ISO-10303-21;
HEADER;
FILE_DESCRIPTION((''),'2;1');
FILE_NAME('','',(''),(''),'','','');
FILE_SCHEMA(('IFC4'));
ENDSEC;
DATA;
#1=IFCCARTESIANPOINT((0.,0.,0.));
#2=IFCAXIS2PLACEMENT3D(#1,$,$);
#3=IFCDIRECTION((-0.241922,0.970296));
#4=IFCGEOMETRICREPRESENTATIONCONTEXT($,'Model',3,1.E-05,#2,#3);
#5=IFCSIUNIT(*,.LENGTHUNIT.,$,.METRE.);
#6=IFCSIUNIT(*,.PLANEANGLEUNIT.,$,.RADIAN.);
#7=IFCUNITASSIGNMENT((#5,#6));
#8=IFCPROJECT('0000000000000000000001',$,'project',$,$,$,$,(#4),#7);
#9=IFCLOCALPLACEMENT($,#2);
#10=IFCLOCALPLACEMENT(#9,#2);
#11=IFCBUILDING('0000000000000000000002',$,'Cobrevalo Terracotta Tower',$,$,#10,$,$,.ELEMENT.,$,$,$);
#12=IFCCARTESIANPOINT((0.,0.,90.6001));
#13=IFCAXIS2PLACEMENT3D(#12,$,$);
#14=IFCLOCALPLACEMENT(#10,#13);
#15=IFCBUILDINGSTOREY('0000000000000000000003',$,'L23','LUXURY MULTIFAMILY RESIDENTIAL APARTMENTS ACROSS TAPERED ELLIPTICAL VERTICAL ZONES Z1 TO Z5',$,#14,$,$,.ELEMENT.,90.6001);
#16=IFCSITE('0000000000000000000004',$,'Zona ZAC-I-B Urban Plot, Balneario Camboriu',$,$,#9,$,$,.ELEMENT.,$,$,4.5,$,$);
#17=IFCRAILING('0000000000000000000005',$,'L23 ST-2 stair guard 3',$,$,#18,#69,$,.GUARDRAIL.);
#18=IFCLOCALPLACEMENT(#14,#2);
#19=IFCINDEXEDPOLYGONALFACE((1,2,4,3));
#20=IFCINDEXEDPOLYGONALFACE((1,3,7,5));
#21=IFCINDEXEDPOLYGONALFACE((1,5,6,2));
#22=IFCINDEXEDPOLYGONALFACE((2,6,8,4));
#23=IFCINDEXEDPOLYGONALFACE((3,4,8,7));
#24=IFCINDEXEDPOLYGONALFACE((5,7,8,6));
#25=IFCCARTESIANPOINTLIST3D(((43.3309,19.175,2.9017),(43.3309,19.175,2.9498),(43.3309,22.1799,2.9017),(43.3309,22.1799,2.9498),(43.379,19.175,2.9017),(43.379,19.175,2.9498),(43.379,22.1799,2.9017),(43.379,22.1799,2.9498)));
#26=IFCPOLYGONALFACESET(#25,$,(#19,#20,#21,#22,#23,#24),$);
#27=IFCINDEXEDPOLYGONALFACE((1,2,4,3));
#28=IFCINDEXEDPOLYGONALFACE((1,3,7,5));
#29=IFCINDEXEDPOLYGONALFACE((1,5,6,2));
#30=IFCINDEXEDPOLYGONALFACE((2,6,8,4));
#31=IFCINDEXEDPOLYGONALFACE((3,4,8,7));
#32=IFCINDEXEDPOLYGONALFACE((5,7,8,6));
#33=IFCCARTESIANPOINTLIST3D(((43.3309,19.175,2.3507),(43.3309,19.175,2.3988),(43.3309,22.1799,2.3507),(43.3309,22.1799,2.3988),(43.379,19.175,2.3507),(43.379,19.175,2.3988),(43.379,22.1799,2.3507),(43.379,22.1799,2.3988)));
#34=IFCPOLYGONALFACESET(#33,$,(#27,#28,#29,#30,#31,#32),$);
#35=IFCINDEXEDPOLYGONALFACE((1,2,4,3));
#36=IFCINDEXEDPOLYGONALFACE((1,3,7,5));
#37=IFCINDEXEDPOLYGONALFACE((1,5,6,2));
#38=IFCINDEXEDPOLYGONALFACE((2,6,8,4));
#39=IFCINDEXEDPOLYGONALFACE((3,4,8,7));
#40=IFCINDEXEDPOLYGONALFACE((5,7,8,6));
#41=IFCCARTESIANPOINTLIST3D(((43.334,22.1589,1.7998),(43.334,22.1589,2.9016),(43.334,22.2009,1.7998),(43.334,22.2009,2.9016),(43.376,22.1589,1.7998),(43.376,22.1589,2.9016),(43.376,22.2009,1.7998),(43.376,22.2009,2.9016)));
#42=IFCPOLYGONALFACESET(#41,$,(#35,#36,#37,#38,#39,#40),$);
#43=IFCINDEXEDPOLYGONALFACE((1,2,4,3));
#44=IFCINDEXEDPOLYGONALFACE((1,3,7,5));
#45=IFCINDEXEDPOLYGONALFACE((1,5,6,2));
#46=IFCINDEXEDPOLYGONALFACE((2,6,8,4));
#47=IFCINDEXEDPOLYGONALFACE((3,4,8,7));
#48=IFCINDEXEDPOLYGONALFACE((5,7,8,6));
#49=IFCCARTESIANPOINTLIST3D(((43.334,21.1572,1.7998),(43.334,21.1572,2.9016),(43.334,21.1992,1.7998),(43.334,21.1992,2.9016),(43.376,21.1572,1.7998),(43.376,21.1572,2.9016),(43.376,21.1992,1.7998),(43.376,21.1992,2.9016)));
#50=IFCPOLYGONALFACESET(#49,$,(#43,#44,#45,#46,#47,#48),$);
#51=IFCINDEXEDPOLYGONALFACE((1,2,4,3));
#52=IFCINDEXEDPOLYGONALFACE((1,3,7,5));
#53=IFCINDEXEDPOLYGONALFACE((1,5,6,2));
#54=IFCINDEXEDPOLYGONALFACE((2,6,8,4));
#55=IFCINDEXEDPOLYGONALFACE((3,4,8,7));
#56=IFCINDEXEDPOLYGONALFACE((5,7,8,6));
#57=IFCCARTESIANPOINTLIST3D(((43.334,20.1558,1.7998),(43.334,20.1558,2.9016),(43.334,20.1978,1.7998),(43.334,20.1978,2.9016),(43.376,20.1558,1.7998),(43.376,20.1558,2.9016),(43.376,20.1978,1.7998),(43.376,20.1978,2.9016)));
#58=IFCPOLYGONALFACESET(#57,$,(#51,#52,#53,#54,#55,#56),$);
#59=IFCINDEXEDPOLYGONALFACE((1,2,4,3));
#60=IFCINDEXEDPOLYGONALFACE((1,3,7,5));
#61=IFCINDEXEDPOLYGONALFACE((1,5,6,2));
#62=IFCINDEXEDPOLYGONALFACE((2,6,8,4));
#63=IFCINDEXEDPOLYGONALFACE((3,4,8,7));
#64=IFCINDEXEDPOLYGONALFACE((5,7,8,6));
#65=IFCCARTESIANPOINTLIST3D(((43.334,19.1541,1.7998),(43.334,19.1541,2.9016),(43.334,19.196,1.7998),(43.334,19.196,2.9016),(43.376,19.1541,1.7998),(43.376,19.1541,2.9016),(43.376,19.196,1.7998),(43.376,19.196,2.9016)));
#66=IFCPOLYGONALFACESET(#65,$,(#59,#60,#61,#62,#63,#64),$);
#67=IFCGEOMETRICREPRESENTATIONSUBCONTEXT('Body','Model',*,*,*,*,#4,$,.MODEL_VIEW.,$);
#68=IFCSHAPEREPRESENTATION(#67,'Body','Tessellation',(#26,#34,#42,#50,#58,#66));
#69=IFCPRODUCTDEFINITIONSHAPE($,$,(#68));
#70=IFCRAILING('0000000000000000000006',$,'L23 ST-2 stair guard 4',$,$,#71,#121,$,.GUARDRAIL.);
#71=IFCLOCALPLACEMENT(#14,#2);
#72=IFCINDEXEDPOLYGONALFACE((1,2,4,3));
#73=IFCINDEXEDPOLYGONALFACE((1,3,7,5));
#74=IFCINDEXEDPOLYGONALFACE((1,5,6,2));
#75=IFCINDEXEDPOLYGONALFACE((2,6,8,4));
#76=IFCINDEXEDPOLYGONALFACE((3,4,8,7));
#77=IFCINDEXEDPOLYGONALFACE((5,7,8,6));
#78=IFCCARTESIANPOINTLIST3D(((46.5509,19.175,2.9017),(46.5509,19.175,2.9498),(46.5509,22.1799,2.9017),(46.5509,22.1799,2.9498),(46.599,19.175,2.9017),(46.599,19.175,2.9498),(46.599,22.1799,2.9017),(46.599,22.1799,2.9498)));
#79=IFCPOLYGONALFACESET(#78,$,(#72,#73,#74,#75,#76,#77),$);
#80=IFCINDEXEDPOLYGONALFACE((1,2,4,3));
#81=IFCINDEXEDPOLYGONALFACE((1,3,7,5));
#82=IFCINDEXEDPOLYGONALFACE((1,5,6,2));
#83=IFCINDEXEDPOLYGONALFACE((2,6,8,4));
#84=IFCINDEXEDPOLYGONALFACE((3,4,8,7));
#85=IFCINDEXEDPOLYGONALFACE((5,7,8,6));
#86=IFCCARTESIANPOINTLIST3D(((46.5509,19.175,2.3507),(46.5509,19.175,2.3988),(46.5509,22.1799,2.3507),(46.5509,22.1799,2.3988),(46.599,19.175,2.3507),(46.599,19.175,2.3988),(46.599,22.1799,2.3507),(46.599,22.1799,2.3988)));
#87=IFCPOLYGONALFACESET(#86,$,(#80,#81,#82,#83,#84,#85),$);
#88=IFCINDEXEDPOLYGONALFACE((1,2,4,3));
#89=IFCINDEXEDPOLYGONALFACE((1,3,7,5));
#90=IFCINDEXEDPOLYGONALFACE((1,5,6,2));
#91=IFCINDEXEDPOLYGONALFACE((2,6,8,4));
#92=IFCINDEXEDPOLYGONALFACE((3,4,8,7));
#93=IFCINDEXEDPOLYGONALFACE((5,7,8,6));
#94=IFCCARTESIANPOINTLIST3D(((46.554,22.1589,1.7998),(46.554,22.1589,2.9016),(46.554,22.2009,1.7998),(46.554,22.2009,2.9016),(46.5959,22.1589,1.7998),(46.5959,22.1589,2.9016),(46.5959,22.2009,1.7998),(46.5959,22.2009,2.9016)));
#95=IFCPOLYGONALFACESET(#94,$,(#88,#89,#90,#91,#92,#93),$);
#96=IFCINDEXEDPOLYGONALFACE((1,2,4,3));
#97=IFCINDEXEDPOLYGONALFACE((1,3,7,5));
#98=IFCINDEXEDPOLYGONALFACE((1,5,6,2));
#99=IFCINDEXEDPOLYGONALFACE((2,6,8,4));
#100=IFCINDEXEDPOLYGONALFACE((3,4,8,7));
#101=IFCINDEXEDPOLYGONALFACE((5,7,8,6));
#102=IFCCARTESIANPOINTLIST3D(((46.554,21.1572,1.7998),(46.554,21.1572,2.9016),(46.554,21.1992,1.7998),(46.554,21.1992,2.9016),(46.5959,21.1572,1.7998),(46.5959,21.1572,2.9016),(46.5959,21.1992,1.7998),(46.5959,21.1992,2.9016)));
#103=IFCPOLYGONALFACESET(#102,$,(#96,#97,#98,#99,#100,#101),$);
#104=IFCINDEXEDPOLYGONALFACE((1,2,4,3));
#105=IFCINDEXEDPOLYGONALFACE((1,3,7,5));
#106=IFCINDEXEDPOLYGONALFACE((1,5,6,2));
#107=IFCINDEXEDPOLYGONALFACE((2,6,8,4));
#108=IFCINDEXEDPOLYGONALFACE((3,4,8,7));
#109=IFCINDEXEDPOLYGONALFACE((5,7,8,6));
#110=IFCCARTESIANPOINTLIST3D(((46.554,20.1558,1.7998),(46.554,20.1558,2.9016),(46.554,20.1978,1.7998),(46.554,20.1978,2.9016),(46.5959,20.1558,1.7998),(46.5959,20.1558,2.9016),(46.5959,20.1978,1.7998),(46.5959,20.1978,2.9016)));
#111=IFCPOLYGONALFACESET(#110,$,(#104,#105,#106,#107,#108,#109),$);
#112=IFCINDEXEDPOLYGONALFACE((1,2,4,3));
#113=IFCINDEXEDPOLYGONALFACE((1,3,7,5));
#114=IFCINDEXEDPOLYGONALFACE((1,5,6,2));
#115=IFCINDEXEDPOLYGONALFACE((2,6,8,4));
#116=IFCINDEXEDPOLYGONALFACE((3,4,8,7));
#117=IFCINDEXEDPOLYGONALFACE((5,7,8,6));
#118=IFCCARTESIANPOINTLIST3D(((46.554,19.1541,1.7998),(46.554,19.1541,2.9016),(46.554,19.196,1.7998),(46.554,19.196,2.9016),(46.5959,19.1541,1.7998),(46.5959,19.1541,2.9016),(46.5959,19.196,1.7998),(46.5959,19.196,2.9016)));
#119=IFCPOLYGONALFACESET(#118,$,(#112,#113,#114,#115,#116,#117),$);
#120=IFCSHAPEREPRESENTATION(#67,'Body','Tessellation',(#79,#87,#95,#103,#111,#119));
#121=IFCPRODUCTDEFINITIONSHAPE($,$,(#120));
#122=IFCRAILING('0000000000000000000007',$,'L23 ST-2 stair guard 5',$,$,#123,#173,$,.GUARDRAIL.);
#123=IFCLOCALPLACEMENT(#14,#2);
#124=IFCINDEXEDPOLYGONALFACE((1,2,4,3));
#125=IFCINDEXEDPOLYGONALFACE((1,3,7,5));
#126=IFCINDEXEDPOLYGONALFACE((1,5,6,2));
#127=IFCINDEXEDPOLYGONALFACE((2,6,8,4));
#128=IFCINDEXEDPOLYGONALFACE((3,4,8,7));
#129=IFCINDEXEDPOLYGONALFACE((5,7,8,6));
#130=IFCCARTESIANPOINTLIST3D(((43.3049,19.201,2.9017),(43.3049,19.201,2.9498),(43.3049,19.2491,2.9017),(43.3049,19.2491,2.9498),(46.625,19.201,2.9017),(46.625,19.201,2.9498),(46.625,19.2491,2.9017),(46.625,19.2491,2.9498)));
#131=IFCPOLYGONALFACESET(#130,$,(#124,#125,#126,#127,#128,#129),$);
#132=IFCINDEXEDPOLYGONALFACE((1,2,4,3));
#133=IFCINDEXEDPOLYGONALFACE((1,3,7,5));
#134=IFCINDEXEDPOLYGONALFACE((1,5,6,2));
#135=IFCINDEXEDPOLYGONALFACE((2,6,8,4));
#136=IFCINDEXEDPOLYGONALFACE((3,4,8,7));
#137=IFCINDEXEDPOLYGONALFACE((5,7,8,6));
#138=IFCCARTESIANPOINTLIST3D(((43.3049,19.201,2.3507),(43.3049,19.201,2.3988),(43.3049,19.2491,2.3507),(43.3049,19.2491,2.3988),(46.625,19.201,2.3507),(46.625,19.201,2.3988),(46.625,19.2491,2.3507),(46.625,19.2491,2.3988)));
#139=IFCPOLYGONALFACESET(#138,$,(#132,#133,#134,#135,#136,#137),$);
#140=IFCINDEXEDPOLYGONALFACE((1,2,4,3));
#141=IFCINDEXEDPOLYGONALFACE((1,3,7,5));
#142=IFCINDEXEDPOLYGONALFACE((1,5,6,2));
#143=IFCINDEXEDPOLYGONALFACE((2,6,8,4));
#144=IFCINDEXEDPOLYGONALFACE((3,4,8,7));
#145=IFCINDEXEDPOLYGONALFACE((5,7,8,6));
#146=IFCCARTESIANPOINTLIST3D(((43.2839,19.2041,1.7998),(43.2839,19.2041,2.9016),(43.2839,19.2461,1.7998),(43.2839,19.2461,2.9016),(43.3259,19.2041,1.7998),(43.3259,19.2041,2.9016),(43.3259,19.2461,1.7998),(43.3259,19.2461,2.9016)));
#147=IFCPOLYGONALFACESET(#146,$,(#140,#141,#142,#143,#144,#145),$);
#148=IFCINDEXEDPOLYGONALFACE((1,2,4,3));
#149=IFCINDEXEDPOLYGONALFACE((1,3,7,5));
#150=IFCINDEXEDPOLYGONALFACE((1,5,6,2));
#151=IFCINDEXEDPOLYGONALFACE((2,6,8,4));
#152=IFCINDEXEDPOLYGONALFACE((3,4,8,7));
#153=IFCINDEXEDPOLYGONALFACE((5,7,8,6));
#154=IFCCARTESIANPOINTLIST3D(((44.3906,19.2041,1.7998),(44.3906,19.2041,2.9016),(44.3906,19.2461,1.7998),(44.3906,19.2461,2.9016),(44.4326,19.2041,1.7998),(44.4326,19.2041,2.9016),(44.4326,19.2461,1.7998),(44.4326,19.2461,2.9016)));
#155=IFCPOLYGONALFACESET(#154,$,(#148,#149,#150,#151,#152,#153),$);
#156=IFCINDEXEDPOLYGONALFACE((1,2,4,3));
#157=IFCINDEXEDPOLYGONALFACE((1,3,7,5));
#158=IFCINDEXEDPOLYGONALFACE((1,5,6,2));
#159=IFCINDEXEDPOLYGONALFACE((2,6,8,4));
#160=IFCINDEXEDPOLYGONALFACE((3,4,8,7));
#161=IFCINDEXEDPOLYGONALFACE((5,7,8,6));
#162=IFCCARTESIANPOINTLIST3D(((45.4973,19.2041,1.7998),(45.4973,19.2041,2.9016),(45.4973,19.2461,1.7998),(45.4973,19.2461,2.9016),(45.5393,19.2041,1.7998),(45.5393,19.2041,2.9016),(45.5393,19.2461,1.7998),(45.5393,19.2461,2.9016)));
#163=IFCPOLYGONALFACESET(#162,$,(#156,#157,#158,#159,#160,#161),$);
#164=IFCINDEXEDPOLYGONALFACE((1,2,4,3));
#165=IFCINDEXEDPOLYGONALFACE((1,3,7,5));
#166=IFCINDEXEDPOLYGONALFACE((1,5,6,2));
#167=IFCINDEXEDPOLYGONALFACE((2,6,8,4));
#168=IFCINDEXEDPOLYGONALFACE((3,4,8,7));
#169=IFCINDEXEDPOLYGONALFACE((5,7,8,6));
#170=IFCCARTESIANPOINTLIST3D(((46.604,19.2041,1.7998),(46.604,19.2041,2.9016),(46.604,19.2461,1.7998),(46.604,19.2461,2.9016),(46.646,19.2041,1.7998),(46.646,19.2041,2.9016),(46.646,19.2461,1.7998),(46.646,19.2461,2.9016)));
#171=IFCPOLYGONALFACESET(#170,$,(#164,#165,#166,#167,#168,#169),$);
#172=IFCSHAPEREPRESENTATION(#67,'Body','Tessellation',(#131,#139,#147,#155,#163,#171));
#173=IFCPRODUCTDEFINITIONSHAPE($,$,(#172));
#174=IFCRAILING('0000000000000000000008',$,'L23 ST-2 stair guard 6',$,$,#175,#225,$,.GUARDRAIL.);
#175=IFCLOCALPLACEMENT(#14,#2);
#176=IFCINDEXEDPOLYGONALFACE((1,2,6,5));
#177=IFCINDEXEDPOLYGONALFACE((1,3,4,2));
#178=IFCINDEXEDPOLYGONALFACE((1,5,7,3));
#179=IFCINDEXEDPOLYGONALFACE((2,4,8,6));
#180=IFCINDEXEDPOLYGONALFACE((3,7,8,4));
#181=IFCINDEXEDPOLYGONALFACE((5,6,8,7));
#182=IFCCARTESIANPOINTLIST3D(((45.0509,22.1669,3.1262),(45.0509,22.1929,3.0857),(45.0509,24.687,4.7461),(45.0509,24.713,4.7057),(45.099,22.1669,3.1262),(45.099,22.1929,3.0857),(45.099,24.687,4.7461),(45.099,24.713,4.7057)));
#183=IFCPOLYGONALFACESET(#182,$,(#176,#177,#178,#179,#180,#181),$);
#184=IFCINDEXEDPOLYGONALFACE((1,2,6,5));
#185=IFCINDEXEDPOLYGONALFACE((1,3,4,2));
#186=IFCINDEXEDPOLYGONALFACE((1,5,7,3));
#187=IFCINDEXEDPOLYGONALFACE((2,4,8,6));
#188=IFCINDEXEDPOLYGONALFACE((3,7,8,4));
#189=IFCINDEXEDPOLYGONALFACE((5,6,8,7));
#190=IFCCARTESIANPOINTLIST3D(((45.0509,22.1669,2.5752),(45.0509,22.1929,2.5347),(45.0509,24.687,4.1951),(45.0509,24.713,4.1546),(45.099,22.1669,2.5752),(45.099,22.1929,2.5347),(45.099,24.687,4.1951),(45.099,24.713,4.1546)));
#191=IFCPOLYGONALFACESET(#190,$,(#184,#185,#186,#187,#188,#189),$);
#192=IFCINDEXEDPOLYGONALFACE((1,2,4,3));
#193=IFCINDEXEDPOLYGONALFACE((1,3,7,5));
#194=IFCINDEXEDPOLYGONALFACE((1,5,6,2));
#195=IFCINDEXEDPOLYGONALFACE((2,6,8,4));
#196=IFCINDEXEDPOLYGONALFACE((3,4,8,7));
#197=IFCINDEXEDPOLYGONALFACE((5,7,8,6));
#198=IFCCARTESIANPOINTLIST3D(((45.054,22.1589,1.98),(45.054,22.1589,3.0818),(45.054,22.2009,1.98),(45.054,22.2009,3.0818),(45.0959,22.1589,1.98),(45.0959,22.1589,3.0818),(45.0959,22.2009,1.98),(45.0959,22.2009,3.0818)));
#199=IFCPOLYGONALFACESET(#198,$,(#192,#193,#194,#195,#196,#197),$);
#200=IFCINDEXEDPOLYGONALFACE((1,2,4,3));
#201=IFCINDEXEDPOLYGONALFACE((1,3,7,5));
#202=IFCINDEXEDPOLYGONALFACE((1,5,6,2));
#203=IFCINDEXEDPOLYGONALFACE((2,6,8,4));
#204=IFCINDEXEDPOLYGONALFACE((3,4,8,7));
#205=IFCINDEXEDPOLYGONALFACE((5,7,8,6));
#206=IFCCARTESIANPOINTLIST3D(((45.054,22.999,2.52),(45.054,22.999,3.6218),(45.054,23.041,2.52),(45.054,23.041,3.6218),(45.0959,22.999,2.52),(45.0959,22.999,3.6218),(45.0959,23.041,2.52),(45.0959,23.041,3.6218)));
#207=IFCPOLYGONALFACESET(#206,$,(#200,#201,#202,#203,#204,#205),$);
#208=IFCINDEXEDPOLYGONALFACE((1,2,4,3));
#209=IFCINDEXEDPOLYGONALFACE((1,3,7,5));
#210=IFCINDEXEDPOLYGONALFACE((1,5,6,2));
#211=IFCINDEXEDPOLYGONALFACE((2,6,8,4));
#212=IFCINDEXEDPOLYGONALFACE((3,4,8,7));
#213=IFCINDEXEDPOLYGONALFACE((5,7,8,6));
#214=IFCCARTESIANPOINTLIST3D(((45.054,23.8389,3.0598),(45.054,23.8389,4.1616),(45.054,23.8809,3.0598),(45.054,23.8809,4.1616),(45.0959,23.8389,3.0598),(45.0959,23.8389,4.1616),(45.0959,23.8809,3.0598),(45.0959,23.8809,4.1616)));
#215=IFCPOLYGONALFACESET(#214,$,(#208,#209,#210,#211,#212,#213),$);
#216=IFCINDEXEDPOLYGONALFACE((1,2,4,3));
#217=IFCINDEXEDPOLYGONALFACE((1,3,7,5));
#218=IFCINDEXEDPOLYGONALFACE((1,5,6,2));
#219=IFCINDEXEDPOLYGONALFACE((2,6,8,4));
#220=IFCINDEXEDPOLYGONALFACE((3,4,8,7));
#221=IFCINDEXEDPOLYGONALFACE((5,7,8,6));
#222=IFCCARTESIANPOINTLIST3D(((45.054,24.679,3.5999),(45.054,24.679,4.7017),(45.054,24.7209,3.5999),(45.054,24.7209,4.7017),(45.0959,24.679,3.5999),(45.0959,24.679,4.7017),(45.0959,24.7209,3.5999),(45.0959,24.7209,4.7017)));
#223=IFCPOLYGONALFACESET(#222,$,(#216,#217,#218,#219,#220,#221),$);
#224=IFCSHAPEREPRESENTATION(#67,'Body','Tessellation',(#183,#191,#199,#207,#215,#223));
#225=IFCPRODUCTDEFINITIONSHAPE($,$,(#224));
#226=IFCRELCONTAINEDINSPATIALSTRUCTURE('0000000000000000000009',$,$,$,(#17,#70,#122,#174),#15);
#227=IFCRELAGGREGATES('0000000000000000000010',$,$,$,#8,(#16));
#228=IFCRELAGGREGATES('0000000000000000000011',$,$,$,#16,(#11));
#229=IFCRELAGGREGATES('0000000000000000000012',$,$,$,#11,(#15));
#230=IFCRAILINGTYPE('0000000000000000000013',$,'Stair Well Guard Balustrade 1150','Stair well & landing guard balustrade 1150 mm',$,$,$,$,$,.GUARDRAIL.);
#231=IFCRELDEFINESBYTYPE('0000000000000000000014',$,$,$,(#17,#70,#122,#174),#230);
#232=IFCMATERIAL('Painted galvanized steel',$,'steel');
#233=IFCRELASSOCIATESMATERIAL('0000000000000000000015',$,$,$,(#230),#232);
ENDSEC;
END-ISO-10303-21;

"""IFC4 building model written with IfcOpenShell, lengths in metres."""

from ifc_helpers import new_model, si_unit, direction, frame, origin, origin_2d, place, context, subcontext, project, spatial, rectangle, extrude, material, type_object, element, save


model = new_model("IFC4")

# Units and contexts
model_context = context("Model", 3, precision=1e-05, world=origin(), true_north=direction((-0.241922, 0.970296)))
body_context = subcontext(model_context, "Body", "Model", "MODEL_VIEW")
ifc_project = project(units=[si_unit("LENGTHUNIT", "METRE"), si_unit("PLANEANGLEUNIT", "RADIAN")], contexts=[model_context])

# Site, building, storey
site_placement = place(None, origin())
site = spatial("IfcSite", under=ifc_project, at=site_placement, Name="Zona ZAC-I-B Urban Plot, Balneario Camboriu", CompositionType="ELEMENT", RefElevation=4.5)
building_placement = place(site_placement, origin())
building = spatial("IfcBuilding", under=site, at=building_placement, Name="Cobrevalo Terracotta Tower", CompositionType="ELEMENT")
storey_placement = place(building_placement, frame((0.0, 0.0, 90.6001)))
storey = spatial("IfcBuildingStorey", under=building, at=storey_placement, Name="L23", Description="LUXURY MULTIFAMILY RESIDENTIAL APARTMENTS ACROSS TAPERED ELLIPTICAL VERTICAL ZONES Z1 TO Z5", CompositionType="ELEMENT", Elevation=90.6001)

# Railings
ifc_material_1 = material(Name="Painted galvanized steel", Category="steel")
railing_type_1 = type_object("IfcRailingType", Name="Stair Well Guard Balustrade 1150", Description="Stair well & landing guard balustrade 1150 mm", PredefinedType="GUARDRAIL", material=ifc_material_1)
for number, where, name in (
    (1, (43.355, 22.1799, 1.7998), "L23 ST-2 stair guard 3"),
    (2, (46.575, 22.1799, 1.7998), "L23 ST-2 stair guard 4"),
):
    element("IfcRailing", number, at=place(storey_placement, frame(where)), inside=storey, type_object=railing_type_1, Name=name, PredefinedType="GUARDRAIL", context=body_context, shape_type="SweptSolid", body=[
        extrude(rectangle(XDim=0.0481, YDim=0.0481, at=origin_2d()), frame((0.0, 0.0, 1.126), z_axis=(0.0, -1.0, 0.0), x_axis=(1.0, 0.0, 0.0)), (0.0, 0.0, 1.0), 3.0049),
        extrude(rectangle(XDim=0.0481, YDim=0.0481, at=origin_2d()), frame((0.0, 0.0, 0.575), z_axis=(0.0, -1.0, 0.0), x_axis=(1.0, 0.0, 0.0)), (0.0, 0.0, 1.0), 3.0049),
        extrude(rectangle(XDim=0.042, YDim=0.042, at=origin_2d()), origin(), (0.0, 0.0, 1.0), 1.1018),
        extrude(rectangle(XDim=0.042, YDim=0.042, at=origin_2d()), frame((0.0, -1.0017, 0.0)), (0.0, 0.0, 1.0), 1.1018),
        extrude(rectangle(XDim=0.042, YDim=0.042, at=origin_2d()), frame((0.0, -2.0032, 0.0)), (0.0, 0.0, 1.0), 1.1018),
        extrude(rectangle(XDim=0.042, YDim=0.042, at=origin_2d()), frame((0.0, -3.0049, 0.0)), (0.0, 0.0, 1.0), 1.1018),
    ])
railing_1_placement = place(storey_placement, frame((43.3049, 19.2251, 1.7998)))
element("IfcRailing", 3, at=railing_1_placement, inside=storey, type_object=railing_type_1, Name="L23 ST-2 stair guard 5", PredefinedType="GUARDRAIL", context=body_context, shape_type="SweptSolid", body=[
    extrude(rectangle(XDim=0.0481, YDim=0.0481, at=origin_2d()), frame((0.0, 0.0, 1.126), z_axis=(1.0, 0.0, 0.0), x_axis=(0.0, 1.0, 0.0)), (0.0, 0.0, 1.0), 3.3201),
    extrude(rectangle(XDim=0.0481, YDim=0.0481, at=origin_2d()), frame((0.0, 0.0, 0.575), z_axis=(1.0, 0.0, 0.0), x_axis=(0.0, 1.0, 0.0)), (0.0, 0.0, 1.0), 3.3201),
    extrude(rectangle(XDim=0.042, YDim=0.042, at=origin_2d()), origin(), (0.0, 0.0, 1.0), 1.1018),
    extrude(rectangle(XDim=0.042, YDim=0.042, at=origin_2d()), frame((1.1067, 0.0, 0.0)), (0.0, 0.0, 1.0), 1.1018),
    extrude(rectangle(XDim=0.042, YDim=0.042, at=origin_2d()), frame((2.2134, 0.0, 0.0)), (0.0, 0.0, 1.0), 1.1018),
    extrude(rectangle(XDim=0.042, YDim=0.042, at=origin_2d()), frame((3.3201, 0.0, 0.0)), (0.0, 0.0, 1.0), 1.1018),
])
railing_2_placement = place(storey_placement, frame((45.075, 22.1799, 1.98)))
element("IfcRailing", 4, at=railing_2_placement, inside=storey, type_object=railing_type_1, Name="L23 ST-2 stair guard 6", PredefinedType="GUARDRAIL", context=body_context, shape_type="SweptSolid", body=[
    extrude(rectangle(XDim=0.0481, YDim=0.0481, at=origin_2d()), frame((0.0, 0.0, 1.126), z_axis=(0.0, 0.8412, 0.540725), x_axis=(-1.0, 0.0, 0.0)), (0.0, 0.0, 1.0), 2.9958),
    extrude(rectangle(XDim=0.0481, YDim=0.0481, at=origin_2d()), frame((0.0, 0.0, 0.575), z_axis=(0.0, 0.8412, 0.540725), x_axis=(-1.0, 0.0, 0.0)), (0.0, 0.0, 1.0), 2.9958),
    extrude(rectangle(XDim=0.042, YDim=0.042, at=origin_2d()), origin(), (0.0, 0.0, 1.0), 1.1018),
    extrude(rectangle(XDim=0.042, YDim=0.042, at=origin_2d()), frame((0.0, 0.8401, 0.54)), (0.0, 0.0, 1.0), 1.1018),
    extrude(rectangle(XDim=0.042, YDim=0.042, at=origin_2d()), frame((0.0, 1.6799, 1.0798)), (0.0, 0.0, 1.0), 1.1018),
    extrude(rectangle(XDim=0.042, YDim=0.042, at=origin_2d()), frame((0.0, 2.52, 1.6199)), (0.0, 0.0, 1.0), 1.1018),
])

save(model, "model.ifc")
